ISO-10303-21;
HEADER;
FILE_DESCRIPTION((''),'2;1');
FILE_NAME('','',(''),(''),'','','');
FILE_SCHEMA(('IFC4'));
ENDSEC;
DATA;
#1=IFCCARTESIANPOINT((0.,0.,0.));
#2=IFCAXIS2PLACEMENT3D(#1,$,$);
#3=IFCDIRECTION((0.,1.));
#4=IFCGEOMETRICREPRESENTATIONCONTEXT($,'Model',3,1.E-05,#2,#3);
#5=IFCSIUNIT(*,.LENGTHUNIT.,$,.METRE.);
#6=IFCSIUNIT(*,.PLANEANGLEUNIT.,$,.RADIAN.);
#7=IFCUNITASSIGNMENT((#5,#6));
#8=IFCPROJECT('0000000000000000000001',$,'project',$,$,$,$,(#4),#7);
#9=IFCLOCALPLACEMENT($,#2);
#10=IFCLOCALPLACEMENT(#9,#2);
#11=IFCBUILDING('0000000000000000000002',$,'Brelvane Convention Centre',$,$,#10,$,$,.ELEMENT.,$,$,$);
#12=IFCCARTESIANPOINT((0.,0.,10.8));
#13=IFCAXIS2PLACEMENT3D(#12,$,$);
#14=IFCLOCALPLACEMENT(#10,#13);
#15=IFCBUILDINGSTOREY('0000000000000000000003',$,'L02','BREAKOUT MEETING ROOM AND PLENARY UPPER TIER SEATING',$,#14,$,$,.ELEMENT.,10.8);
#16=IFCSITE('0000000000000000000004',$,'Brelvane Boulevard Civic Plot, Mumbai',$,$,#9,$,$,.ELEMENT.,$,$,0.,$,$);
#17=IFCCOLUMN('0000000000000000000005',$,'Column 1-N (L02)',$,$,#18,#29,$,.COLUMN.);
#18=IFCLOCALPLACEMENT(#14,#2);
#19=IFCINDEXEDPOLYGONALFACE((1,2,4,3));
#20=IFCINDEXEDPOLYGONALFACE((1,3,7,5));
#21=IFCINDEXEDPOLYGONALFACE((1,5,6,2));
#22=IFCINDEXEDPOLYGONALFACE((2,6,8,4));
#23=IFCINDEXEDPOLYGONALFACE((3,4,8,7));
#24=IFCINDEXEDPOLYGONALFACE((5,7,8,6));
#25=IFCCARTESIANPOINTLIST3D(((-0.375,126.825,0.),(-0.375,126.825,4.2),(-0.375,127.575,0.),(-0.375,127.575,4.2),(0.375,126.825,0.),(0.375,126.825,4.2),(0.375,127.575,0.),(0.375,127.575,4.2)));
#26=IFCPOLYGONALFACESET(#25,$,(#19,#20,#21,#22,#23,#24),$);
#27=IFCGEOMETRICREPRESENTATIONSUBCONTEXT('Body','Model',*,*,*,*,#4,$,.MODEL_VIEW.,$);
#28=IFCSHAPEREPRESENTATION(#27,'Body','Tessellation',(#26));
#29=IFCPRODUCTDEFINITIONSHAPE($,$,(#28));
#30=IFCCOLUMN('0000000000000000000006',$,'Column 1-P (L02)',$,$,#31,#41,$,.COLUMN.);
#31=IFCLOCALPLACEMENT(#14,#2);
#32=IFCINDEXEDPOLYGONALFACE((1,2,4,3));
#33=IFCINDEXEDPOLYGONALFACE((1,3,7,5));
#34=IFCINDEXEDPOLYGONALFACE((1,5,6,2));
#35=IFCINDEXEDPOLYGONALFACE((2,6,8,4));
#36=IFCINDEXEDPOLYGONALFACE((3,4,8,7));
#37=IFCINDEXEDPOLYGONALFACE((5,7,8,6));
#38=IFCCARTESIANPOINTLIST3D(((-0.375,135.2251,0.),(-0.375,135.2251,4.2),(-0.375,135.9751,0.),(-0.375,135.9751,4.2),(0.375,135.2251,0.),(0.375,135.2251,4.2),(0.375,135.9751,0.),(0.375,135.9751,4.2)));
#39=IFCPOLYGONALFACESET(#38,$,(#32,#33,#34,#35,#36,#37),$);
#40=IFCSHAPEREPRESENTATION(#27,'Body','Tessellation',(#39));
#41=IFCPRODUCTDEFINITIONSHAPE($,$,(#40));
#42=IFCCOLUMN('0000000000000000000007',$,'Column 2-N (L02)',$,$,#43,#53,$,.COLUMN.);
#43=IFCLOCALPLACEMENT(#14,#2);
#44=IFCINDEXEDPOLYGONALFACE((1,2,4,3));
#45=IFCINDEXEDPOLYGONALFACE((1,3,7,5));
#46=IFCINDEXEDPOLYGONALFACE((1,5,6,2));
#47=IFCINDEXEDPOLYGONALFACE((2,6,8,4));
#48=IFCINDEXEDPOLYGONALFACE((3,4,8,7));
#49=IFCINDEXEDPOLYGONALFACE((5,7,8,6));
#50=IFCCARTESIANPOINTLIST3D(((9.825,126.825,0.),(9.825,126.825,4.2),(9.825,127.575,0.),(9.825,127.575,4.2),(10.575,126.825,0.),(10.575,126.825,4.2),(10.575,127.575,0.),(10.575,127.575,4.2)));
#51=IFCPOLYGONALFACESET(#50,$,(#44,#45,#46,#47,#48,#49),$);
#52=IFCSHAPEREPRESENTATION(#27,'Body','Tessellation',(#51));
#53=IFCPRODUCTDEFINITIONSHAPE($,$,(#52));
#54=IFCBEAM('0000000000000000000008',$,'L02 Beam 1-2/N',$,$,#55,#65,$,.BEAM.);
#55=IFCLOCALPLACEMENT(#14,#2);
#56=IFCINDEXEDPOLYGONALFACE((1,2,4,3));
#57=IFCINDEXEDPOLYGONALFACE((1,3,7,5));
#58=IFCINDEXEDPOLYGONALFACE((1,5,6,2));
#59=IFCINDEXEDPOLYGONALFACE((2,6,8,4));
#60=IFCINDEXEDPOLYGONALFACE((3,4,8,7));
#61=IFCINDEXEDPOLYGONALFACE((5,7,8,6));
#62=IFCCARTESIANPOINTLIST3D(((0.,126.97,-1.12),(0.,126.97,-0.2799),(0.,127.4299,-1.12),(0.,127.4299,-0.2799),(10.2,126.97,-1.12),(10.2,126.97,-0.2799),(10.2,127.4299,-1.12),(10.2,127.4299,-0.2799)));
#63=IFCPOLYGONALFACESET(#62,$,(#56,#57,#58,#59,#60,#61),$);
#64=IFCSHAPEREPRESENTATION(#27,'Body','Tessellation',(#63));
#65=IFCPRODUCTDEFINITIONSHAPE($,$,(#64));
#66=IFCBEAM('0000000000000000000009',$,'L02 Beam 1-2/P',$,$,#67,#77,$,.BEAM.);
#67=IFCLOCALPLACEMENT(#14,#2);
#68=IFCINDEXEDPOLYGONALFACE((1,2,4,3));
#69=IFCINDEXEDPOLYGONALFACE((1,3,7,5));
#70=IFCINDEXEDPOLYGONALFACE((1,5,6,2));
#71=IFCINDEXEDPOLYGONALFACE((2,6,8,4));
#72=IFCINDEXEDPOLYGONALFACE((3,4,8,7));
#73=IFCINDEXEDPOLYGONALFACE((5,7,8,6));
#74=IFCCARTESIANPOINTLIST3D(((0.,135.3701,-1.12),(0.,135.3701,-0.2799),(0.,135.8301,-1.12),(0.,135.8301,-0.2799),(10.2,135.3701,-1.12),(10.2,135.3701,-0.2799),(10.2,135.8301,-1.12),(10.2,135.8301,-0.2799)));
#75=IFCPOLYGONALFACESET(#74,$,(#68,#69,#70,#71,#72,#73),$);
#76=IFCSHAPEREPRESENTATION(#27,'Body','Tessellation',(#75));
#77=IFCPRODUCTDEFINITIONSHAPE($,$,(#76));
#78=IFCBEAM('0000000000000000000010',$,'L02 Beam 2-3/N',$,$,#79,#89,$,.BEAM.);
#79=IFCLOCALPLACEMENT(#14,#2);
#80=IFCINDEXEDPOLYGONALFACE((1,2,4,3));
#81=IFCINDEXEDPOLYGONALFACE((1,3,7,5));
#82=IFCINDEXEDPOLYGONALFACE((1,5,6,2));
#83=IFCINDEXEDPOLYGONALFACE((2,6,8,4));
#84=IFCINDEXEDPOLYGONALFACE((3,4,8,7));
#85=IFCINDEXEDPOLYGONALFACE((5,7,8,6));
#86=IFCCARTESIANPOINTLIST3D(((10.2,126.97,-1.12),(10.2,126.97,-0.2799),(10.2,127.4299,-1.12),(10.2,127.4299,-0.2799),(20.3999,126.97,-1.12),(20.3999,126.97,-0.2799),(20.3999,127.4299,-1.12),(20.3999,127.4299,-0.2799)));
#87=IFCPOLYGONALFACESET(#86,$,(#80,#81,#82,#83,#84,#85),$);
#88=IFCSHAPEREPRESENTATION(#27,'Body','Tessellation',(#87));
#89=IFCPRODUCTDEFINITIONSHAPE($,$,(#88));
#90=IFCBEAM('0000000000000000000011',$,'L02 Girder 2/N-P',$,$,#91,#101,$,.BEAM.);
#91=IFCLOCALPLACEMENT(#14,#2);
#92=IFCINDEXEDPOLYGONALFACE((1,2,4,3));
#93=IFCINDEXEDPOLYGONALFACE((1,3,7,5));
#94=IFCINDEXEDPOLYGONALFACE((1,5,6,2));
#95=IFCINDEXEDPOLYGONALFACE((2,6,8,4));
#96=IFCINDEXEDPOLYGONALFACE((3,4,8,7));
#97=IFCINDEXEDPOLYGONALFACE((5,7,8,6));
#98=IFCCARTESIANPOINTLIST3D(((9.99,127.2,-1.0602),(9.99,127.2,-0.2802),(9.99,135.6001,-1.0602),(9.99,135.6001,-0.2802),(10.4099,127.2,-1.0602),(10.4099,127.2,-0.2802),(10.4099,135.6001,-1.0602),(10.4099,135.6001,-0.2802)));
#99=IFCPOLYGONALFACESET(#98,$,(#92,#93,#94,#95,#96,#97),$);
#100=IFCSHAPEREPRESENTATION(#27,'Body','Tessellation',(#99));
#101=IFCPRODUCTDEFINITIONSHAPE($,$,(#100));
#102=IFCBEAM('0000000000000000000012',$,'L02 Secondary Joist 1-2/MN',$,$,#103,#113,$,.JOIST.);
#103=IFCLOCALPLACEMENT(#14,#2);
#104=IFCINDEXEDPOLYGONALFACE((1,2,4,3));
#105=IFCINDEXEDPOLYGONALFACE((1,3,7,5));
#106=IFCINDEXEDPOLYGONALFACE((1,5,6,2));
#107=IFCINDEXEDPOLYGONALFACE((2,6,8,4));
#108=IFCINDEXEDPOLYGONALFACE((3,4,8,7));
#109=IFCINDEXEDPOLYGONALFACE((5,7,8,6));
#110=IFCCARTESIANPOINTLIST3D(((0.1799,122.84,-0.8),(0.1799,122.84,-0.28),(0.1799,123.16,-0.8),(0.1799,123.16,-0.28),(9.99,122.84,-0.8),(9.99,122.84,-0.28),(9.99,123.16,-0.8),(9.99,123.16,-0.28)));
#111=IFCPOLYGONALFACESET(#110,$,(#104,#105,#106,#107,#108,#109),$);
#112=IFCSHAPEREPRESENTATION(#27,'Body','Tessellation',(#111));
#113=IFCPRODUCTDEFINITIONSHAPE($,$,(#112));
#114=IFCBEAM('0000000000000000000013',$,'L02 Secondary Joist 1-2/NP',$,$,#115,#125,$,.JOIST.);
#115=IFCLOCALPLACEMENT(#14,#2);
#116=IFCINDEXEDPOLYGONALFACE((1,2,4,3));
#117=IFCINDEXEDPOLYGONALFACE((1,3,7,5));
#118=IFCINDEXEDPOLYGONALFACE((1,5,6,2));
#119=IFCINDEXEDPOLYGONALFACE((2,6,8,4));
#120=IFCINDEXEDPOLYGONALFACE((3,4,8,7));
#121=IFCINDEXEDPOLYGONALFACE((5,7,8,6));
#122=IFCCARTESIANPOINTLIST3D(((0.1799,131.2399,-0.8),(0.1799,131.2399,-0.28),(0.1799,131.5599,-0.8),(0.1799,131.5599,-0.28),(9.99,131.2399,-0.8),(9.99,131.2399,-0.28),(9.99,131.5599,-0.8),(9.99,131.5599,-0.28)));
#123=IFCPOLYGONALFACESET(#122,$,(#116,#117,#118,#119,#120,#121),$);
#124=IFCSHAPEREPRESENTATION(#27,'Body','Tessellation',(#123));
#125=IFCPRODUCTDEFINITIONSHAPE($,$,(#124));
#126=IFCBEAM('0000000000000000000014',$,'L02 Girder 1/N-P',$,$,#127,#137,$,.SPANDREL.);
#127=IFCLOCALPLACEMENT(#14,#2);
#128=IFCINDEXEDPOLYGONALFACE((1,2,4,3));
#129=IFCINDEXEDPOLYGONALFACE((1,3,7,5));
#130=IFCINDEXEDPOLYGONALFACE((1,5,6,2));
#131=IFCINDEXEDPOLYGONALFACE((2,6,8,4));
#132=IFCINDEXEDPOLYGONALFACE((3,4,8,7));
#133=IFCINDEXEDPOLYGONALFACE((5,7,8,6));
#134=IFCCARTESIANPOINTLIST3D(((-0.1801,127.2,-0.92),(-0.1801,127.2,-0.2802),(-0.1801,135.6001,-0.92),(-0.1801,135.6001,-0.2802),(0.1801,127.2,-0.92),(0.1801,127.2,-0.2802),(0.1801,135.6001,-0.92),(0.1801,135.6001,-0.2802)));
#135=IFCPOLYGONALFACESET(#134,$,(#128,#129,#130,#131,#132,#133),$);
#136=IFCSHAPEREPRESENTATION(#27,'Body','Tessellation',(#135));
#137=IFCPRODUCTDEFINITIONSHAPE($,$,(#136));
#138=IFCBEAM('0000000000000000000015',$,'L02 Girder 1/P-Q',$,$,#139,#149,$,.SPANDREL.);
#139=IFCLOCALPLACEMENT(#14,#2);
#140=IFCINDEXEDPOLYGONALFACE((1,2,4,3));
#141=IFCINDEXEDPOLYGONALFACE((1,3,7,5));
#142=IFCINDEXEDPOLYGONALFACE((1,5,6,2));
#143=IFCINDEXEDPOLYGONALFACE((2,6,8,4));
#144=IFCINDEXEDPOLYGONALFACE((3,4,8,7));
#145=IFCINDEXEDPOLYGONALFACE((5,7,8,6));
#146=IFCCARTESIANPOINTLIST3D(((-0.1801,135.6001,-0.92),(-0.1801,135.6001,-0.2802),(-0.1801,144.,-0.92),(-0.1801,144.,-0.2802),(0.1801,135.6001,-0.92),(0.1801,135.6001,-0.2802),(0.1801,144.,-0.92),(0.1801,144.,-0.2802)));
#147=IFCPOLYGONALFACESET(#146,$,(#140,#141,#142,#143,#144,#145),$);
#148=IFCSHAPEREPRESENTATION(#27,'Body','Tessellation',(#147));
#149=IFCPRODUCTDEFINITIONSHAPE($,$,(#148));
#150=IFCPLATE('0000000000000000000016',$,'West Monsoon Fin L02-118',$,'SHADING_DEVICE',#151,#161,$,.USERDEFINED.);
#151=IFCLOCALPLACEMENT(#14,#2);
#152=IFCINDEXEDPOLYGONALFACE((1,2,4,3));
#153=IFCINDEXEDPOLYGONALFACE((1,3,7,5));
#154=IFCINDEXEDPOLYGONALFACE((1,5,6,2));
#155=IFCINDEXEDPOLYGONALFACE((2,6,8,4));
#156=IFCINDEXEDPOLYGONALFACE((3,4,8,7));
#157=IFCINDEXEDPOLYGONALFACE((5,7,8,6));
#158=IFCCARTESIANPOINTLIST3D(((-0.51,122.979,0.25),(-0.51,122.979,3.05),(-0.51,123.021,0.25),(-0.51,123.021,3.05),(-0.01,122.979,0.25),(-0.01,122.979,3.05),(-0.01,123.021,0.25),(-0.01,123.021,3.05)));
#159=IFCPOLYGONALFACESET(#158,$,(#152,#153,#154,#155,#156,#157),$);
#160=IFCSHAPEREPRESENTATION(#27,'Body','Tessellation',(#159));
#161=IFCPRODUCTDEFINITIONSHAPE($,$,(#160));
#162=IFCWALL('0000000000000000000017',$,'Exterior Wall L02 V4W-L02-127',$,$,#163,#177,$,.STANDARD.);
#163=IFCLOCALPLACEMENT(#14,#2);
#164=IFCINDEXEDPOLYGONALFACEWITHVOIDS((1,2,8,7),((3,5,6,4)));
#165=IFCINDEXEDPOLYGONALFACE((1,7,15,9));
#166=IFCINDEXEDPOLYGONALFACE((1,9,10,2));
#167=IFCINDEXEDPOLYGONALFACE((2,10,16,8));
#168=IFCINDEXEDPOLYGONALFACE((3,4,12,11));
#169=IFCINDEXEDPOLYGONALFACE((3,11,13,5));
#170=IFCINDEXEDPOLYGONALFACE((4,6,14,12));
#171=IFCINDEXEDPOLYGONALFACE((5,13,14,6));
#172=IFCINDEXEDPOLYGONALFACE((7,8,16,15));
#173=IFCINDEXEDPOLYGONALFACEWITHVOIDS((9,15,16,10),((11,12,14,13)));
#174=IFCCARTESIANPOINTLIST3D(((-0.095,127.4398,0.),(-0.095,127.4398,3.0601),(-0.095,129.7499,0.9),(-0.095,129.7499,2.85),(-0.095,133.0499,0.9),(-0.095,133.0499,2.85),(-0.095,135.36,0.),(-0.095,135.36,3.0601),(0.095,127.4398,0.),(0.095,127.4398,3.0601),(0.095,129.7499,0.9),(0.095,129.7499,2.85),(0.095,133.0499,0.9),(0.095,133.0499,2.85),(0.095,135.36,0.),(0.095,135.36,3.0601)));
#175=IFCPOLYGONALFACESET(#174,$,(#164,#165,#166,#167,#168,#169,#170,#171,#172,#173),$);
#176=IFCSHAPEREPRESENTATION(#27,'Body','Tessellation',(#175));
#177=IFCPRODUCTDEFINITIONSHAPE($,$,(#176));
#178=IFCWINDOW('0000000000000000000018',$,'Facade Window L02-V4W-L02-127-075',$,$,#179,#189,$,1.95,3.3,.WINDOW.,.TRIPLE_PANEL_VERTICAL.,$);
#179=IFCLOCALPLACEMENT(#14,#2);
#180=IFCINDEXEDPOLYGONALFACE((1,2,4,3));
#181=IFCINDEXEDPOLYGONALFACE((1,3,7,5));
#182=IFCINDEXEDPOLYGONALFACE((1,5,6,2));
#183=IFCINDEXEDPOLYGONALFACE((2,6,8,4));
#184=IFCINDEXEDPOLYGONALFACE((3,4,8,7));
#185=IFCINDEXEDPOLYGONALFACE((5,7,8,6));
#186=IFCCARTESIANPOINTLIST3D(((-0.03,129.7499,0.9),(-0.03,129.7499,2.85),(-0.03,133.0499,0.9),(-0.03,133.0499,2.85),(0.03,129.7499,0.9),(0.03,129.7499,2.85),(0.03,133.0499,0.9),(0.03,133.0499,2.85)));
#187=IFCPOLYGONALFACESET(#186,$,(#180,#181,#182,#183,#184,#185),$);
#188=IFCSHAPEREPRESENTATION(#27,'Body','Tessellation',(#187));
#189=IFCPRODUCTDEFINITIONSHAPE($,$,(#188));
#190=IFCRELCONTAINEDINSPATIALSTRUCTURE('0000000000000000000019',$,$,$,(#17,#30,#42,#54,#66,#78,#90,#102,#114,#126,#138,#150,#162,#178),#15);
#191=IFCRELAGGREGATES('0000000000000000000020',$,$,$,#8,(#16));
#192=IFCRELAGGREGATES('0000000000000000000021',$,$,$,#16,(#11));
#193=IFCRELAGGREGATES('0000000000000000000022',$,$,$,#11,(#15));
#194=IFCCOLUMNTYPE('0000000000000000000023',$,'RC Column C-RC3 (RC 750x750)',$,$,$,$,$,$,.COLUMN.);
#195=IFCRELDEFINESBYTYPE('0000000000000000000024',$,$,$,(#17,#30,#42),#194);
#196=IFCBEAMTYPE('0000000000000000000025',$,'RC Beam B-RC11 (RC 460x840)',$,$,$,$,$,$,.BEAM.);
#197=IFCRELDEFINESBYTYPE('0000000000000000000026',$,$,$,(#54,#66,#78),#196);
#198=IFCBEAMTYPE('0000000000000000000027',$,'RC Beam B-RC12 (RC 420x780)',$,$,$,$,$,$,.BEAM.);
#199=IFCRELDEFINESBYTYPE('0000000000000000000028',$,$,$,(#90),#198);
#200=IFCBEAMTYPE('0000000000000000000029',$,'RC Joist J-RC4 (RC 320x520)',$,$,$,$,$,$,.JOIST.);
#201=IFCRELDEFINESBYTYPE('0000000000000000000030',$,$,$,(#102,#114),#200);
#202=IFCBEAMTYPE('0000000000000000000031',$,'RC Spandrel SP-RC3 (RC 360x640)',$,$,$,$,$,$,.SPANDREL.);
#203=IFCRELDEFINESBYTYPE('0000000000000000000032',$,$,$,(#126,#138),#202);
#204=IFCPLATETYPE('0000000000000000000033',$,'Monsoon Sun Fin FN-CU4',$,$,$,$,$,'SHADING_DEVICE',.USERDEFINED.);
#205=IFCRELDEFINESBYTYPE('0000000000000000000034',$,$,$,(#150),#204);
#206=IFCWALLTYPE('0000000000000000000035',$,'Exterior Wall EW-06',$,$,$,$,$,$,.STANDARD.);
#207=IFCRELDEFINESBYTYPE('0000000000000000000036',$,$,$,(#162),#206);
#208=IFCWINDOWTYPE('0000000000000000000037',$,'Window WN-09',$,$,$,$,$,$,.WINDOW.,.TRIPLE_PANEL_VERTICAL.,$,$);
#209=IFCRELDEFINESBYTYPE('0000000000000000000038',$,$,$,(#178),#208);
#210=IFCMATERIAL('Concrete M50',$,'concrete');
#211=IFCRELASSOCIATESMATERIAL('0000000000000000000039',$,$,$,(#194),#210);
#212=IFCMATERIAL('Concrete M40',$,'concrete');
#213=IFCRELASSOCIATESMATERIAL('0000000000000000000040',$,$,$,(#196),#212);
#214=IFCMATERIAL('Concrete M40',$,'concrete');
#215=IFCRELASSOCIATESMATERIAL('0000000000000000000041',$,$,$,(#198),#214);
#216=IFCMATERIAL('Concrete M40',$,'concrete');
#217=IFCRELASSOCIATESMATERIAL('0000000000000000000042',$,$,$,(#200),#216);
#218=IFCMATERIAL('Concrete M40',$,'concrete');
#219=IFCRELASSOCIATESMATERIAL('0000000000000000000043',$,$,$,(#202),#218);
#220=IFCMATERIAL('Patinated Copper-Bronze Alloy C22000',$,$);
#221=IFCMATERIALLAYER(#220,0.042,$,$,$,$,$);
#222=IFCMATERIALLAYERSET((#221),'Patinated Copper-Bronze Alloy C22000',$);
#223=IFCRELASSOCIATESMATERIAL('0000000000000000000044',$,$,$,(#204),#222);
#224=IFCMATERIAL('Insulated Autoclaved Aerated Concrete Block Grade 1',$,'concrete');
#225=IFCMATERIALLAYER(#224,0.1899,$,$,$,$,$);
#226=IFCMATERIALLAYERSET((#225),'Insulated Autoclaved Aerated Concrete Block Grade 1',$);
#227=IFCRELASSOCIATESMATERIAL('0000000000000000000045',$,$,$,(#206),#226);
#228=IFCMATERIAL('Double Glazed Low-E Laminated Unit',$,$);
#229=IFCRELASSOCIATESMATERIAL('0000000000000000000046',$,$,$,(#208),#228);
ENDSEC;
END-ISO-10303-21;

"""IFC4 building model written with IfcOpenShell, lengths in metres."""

from ifc_helpers import new_model, si_unit, direction, frame, frame_2d, origin, origin_2d, place, context, subcontext, project, spatial, rectangle, extrude, material, layer, layer_set, material_profile, profile_set, type_object, element, fill, save


model = new_model("IFC4")

# Units and contexts
model_context = context("Model", 3, precision=1e-05, world=origin(), true_north=direction((0.0, 1.0)))
body_context = subcontext(model_context, "Body", "Model", "MODEL_VIEW")
ifc_project = project(units=[si_unit("LENGTHUNIT", "METRE"), si_unit("PLANEANGLEUNIT", "RADIAN")], contexts=[model_context])

# Site, building, storey
site_placement = place(None, origin())
site = spatial("IfcSite", under=ifc_project, at=site_placement, Name="Brelvane Boulevard Civic Plot, Mumbai", CompositionType="ELEMENT", RefElevation=0.0)
building_placement = place(site_placement, origin())
building = spatial("IfcBuilding", under=site, at=building_placement, Name="Brelvane Convention Centre", CompositionType="ELEMENT")
storey_placement = place(building_placement, frame((0.0, 0.0, 10.8)))
storey = spatial("IfcBuildingStorey", under=building, at=storey_placement, Name="L02", Description="BREAKOUT MEETING ROOM AND PLENARY UPPER TIER SEATING", CompositionType="ELEMENT", Elevation=10.8)

# Columns
ifc_material_1 = material(Name="Concrete M50", Category="concrete")
ifc_material_profile_1 = material_profile(ifc_material_1, rectangle(XDim=0.75, YDim=0.75, at=origin_2d()), Name="RC 750x750")
ifc_profile_set_1 = profile_set([ifc_material_profile_1], Name="Concrete M50")
column_type = type_object("IfcColumnType", Name="RC Column C-RC3 (RC 750x750)", PredefinedType="COLUMN", material=ifc_profile_set_1)
for number, where, z_axis, x_axis, name in (
    (1, (0.0, 127.2, 0.0), (0.0, 0.0, 1.0), (1.0, 0.0, 0.0), "Column 1-N (L02)"),
    (2, (0.0, 135.6001, 0.0), (0.0, 0.0, 1.0), (1.0, 0.0, 0.0), "Column 1-P (L02)"),
    (3, (10.2, 127.2, 0.0), (0.0, 0.0, 1.0), (1.0, 0.0, 0.0), "Column 2-N (L02)"),
):
    element("IfcColumn", number, at=place(storey_placement, frame(where, z_axis=z_axis, x_axis=x_axis)), inside=storey, type_object=column_type, Name=name, PredefinedType="COLUMN", context=body_context, shape_type="SweptSolid", body=[
        extrude(rectangle(XDim=0.75, YDim=0.75, at=origin_2d()), origin(), (0.0, 0.0, 1.0), 4.2),
    ])

# Beams
ifc_material_2 = material(Name="Concrete M40", Category="concrete")
ifc_material_profile_2 = material_profile(ifc_material_2, rectangle(XDim=0.46, YDim=0.8401, at=origin_2d()), Name="RC 460x840")
ifc_profile_set_2 = profile_set([ifc_material_profile_2], Name="Concrete M40")
beam_type_1 = type_object("IfcBeamType", Name="RC Beam B-RC11 (RC 460x840)", PredefinedType="BEAM", material=ifc_profile_set_2)
for number, where, z_axis, x_axis, name in (
    (4, (0.0, 127.2, -0.7), (1.0, 0.0, 0.0), (0.0, 1.0, 0.0), "L02 Beam 1-2/N"),
    (5, (0.0, 135.6001, -0.7), (1.0, 0.0, 0.0), (0.0, 1.0, 0.0), "L02 Beam 1-2/P"),
    (6, (10.2, 127.2, -0.7), (1.0, 0.0, 0.0), (0.0, 1.0, 0.0), "L02 Beam 2-3/N"),
):
    element("IfcBeam", number, at=place(storey_placement, frame(where, z_axis=z_axis, x_axis=x_axis)), inside=storey, type_object=beam_type_1, Name=name, PredefinedType="BEAM", context=body_context, shape_type="SweptSolid", body=[
        extrude(rectangle(XDim=0.46, YDim=0.8401, at=origin_2d()), origin(), (0.0, 0.0, 1.0), 10.2),
    ])
ifc_material_3 = material(Name="Concrete M40", Category="concrete")
ifc_material_profile_3 = material_profile(ifc_material_3, rectangle(XDim=0.4199, YDim=0.78, at=origin_2d()), Name="RC 420x780")
ifc_profile_set_3 = profile_set([ifc_material_profile_3], Name="Concrete M40")
beam_type_2 = type_object("IfcBeamType", Name="RC Beam B-RC12 (RC 420x780)", PredefinedType="BEAM", material=ifc_profile_set_3)
beam_1_placement = place(storey_placement, frame((10.2, 127.2, -0.6702), z_axis=(0.0, 1.0, 0.0), x_axis=(-1.0, 0.0, 0.0)))
element("IfcBeam", 7, at=beam_1_placement, inside=storey, type_object=beam_type_2, Name="L02 Girder 2/N-P", PredefinedType="BEAM", context=body_context, shape_type="SweptSolid", body=[
    extrude(rectangle(XDim=0.4199, YDim=0.78, at=origin_2d()), origin(), (0.0, 0.0, 1.0), 8.4001),
])
ifc_material_4 = material(Name="Concrete M40", Category="concrete")
ifc_material_profile_4 = material_profile(ifc_material_4, rectangle(XDim=0.3201, YDim=0.52, at=origin_2d()), Name="RC 320x520")
ifc_profile_set_4 = profile_set([ifc_material_profile_4], Name="Concrete M40")
beam_type_3 = type_object("IfcBeamType", Name="RC Joist J-RC4 (RC 320x520)", PredefinedType="JOIST", material=ifc_profile_set_4)
for number, where, z_axis, x_axis, name in (
    (8, (0.1799, 123.0, -0.54), (1.0, 0.0, 0.0), (0.0, 1.0, 0.0), "L02 Secondary Joist 1-2/MN"),
    (9, (0.1799, 131.3999, -0.54), (1.0, 0.0, 0.0), (0.0, 1.0, 0.0), "L02 Secondary Joist 1-2/NP"),
):
    element("IfcBeam", number, at=place(storey_placement, frame(where, z_axis=z_axis, x_axis=x_axis)), inside=storey, type_object=beam_type_3, Name=name, PredefinedType="JOIST", context=body_context, shape_type="SweptSolid", body=[
        extrude(rectangle(XDim=0.3201, YDim=0.52, at=origin_2d()), origin(), (0.0, 0.0, 1.0), 9.8101),
    ])
ifc_material_5 = material(Name="Concrete M40", Category="concrete")
ifc_material_profile_5 = material_profile(ifc_material_5, rectangle(XDim=0.3601, YDim=0.6399, at=origin_2d()), Name="RC 360x640")
ifc_profile_set_5 = profile_set([ifc_material_profile_5], Name="Concrete M40")
beam_type_4 = type_object("IfcBeamType", Name="RC Spandrel SP-RC3 (RC 360x640)", PredefinedType="SPANDREL", material=ifc_profile_set_5)
beam_2_placement = place(storey_placement, frame((0.0, 127.2, -0.6001), z_axis=(0.0, 1.0, 0.0), x_axis=(-1.0, 0.0, 0.0)))
element("IfcBeam", 10, at=beam_2_placement, inside=storey, type_object=beam_type_4, Name="L02 Girder 1/N-P", PredefinedType="SPANDREL", context=body_context, shape_type="SweptSolid", body=[
    extrude(rectangle(XDim=0.3601, YDim=0.6399, at=origin_2d()), origin(), (0.0, 0.0, 1.0), 8.4001),
])
beam_3_placement = place(storey_placement, frame((0.0, 135.6001, -0.6001), z_axis=(0.0, 1.0, 0.0), x_axis=(-1.0, 0.0, 0.0)))
element("IfcBeam", 11, at=beam_3_placement, inside=storey, type_object=beam_type_4, Name="L02 Girder 1/P-Q", PredefinedType="SPANDREL", context=body_context, shape_type="SweptSolid", body=[
    extrude(rectangle(XDim=0.3601, YDim=0.6399, at=origin_2d()), origin(), (0.0, 0.0, 1.0), 8.3999),
])

# Plate
ifc_material_6 = material(Name="Patinated Copper-Bronze Alloy C22000")
ifc_layer_1 = layer(ifc_material_6, 0.042)
ifc_layer_set_1 = layer_set([ifc_layer_1], Name="Patinated Copper-Bronze Alloy C22000")
plate_type = type_object("IfcPlateType", Name="Monsoon Sun Fin FN-CU4", ElementType="SHADING_DEVICE", PredefinedType="USERDEFINED", material=ifc_layer_set_1)
plate_placement = place(storey_placement, frame((-0.26, 123.0, 0.25), z_axis=(0.0, 0.0, 1.0), x_axis=(1.0, 0.0, 0.0)))
element("IfcPlate", 12, at=plate_placement, inside=storey, type_object=plate_type, Name="West Monsoon Fin L02-118", ObjectType="SHADING_DEVICE", PredefinedType="USERDEFINED", context=body_context, shape_type="SweptSolid", body=[
    extrude(rectangle(XDim=0.5, YDim=0.042, at=origin_2d()), origin(), (0.0, 0.0, 1.0), 2.8),
])

# Wall, opening, window
ifc_material_7 = material(Name="Insulated Autoclaved Aerated Concrete Block Grade 1", Category="concrete")
ifc_layer_2 = layer(ifc_material_7, 0.1899)
ifc_layer_set_2 = layer_set([ifc_layer_2], Name="Insulated Autoclaved Aerated Concrete Block Grade 1")
wall_type_1 = type_object("IfcWallType", Name="Exterior Wall EW-06", PredefinedType="STANDARD", material=ifc_layer_set_2)
wall_1_placement = place(storey_placement, frame((0.0, 127.4399, 0.0), z_axis=(0.0, 0.0, 1.0), x_axis=(0.0, 1.0, 0.0)))
wall_1 = element("IfcWall", 13, at=wall_1_placement, inside=storey, type_object=wall_type_1, Name="Exterior Wall L02 V4W-L02-127", PredefinedType="STANDARD", context=body_context, shape_type="SweptSolid", body=[
    extrude(rectangle(XDim=7.9202, YDim=0.1899, at=frame_2d((3.96, 0.0))), origin(), (0.0, 0.0, 1.0), 3.0601),
])
opening_1_placement = place(wall_1_placement, frame((2.3101, 0.0, 0.8999)))
opening_1 = element("IfcOpeningElement", 14, at=opening_1_placement, cuts=wall_1, PredefinedType="OPENING", context=body_context, shape_type="SweptSolid", body=[
    extrude(rectangle(XDim=3.3, YDim=1.95, at=frame_2d((1.6499, 0.9751))), frame((0.0, 0.105, 0.0), z_axis=(0.0, -1.0, 0.0), x_axis=(1.0, 0.0, 0.0)), (0.0, 0.0, 1.0), 0.21),
])
ifc_material_8 = material(Name="Double Glazed Low-E Laminated Unit")
window_type = type_object("IfcWindowType", Name="Window WN-09", PartitioningType="TRIPLE_PANEL_VERTICAL", PredefinedType="WINDOW", material=ifc_material_8)
window_placement = place(opening_1_placement, origin())
window = element("IfcWindow", 15, at=window_placement, inside=storey, type_object=window_type, Name="Facade Window L02-V4W-L02-127-075", OverallHeight=1.95, OverallWidth=3.3, PartitioningType="TRIPLE_PANEL_VERTICAL", PredefinedType="WINDOW", context=body_context, shape_type="SweptSolid", body=[
    extrude(rectangle(XDim=3.3, YDim=1.95, at=frame_2d((1.6499, 0.9751))), frame((0.0, 0.03, 0.0), z_axis=(0.0, -1.0, 0.0), x_axis=(1.0, 0.0, 0.0)), (0.0, 0.0, 1.0), 0.0601),
])
fill(opening_1, window)

save(model, "model.ifc")
